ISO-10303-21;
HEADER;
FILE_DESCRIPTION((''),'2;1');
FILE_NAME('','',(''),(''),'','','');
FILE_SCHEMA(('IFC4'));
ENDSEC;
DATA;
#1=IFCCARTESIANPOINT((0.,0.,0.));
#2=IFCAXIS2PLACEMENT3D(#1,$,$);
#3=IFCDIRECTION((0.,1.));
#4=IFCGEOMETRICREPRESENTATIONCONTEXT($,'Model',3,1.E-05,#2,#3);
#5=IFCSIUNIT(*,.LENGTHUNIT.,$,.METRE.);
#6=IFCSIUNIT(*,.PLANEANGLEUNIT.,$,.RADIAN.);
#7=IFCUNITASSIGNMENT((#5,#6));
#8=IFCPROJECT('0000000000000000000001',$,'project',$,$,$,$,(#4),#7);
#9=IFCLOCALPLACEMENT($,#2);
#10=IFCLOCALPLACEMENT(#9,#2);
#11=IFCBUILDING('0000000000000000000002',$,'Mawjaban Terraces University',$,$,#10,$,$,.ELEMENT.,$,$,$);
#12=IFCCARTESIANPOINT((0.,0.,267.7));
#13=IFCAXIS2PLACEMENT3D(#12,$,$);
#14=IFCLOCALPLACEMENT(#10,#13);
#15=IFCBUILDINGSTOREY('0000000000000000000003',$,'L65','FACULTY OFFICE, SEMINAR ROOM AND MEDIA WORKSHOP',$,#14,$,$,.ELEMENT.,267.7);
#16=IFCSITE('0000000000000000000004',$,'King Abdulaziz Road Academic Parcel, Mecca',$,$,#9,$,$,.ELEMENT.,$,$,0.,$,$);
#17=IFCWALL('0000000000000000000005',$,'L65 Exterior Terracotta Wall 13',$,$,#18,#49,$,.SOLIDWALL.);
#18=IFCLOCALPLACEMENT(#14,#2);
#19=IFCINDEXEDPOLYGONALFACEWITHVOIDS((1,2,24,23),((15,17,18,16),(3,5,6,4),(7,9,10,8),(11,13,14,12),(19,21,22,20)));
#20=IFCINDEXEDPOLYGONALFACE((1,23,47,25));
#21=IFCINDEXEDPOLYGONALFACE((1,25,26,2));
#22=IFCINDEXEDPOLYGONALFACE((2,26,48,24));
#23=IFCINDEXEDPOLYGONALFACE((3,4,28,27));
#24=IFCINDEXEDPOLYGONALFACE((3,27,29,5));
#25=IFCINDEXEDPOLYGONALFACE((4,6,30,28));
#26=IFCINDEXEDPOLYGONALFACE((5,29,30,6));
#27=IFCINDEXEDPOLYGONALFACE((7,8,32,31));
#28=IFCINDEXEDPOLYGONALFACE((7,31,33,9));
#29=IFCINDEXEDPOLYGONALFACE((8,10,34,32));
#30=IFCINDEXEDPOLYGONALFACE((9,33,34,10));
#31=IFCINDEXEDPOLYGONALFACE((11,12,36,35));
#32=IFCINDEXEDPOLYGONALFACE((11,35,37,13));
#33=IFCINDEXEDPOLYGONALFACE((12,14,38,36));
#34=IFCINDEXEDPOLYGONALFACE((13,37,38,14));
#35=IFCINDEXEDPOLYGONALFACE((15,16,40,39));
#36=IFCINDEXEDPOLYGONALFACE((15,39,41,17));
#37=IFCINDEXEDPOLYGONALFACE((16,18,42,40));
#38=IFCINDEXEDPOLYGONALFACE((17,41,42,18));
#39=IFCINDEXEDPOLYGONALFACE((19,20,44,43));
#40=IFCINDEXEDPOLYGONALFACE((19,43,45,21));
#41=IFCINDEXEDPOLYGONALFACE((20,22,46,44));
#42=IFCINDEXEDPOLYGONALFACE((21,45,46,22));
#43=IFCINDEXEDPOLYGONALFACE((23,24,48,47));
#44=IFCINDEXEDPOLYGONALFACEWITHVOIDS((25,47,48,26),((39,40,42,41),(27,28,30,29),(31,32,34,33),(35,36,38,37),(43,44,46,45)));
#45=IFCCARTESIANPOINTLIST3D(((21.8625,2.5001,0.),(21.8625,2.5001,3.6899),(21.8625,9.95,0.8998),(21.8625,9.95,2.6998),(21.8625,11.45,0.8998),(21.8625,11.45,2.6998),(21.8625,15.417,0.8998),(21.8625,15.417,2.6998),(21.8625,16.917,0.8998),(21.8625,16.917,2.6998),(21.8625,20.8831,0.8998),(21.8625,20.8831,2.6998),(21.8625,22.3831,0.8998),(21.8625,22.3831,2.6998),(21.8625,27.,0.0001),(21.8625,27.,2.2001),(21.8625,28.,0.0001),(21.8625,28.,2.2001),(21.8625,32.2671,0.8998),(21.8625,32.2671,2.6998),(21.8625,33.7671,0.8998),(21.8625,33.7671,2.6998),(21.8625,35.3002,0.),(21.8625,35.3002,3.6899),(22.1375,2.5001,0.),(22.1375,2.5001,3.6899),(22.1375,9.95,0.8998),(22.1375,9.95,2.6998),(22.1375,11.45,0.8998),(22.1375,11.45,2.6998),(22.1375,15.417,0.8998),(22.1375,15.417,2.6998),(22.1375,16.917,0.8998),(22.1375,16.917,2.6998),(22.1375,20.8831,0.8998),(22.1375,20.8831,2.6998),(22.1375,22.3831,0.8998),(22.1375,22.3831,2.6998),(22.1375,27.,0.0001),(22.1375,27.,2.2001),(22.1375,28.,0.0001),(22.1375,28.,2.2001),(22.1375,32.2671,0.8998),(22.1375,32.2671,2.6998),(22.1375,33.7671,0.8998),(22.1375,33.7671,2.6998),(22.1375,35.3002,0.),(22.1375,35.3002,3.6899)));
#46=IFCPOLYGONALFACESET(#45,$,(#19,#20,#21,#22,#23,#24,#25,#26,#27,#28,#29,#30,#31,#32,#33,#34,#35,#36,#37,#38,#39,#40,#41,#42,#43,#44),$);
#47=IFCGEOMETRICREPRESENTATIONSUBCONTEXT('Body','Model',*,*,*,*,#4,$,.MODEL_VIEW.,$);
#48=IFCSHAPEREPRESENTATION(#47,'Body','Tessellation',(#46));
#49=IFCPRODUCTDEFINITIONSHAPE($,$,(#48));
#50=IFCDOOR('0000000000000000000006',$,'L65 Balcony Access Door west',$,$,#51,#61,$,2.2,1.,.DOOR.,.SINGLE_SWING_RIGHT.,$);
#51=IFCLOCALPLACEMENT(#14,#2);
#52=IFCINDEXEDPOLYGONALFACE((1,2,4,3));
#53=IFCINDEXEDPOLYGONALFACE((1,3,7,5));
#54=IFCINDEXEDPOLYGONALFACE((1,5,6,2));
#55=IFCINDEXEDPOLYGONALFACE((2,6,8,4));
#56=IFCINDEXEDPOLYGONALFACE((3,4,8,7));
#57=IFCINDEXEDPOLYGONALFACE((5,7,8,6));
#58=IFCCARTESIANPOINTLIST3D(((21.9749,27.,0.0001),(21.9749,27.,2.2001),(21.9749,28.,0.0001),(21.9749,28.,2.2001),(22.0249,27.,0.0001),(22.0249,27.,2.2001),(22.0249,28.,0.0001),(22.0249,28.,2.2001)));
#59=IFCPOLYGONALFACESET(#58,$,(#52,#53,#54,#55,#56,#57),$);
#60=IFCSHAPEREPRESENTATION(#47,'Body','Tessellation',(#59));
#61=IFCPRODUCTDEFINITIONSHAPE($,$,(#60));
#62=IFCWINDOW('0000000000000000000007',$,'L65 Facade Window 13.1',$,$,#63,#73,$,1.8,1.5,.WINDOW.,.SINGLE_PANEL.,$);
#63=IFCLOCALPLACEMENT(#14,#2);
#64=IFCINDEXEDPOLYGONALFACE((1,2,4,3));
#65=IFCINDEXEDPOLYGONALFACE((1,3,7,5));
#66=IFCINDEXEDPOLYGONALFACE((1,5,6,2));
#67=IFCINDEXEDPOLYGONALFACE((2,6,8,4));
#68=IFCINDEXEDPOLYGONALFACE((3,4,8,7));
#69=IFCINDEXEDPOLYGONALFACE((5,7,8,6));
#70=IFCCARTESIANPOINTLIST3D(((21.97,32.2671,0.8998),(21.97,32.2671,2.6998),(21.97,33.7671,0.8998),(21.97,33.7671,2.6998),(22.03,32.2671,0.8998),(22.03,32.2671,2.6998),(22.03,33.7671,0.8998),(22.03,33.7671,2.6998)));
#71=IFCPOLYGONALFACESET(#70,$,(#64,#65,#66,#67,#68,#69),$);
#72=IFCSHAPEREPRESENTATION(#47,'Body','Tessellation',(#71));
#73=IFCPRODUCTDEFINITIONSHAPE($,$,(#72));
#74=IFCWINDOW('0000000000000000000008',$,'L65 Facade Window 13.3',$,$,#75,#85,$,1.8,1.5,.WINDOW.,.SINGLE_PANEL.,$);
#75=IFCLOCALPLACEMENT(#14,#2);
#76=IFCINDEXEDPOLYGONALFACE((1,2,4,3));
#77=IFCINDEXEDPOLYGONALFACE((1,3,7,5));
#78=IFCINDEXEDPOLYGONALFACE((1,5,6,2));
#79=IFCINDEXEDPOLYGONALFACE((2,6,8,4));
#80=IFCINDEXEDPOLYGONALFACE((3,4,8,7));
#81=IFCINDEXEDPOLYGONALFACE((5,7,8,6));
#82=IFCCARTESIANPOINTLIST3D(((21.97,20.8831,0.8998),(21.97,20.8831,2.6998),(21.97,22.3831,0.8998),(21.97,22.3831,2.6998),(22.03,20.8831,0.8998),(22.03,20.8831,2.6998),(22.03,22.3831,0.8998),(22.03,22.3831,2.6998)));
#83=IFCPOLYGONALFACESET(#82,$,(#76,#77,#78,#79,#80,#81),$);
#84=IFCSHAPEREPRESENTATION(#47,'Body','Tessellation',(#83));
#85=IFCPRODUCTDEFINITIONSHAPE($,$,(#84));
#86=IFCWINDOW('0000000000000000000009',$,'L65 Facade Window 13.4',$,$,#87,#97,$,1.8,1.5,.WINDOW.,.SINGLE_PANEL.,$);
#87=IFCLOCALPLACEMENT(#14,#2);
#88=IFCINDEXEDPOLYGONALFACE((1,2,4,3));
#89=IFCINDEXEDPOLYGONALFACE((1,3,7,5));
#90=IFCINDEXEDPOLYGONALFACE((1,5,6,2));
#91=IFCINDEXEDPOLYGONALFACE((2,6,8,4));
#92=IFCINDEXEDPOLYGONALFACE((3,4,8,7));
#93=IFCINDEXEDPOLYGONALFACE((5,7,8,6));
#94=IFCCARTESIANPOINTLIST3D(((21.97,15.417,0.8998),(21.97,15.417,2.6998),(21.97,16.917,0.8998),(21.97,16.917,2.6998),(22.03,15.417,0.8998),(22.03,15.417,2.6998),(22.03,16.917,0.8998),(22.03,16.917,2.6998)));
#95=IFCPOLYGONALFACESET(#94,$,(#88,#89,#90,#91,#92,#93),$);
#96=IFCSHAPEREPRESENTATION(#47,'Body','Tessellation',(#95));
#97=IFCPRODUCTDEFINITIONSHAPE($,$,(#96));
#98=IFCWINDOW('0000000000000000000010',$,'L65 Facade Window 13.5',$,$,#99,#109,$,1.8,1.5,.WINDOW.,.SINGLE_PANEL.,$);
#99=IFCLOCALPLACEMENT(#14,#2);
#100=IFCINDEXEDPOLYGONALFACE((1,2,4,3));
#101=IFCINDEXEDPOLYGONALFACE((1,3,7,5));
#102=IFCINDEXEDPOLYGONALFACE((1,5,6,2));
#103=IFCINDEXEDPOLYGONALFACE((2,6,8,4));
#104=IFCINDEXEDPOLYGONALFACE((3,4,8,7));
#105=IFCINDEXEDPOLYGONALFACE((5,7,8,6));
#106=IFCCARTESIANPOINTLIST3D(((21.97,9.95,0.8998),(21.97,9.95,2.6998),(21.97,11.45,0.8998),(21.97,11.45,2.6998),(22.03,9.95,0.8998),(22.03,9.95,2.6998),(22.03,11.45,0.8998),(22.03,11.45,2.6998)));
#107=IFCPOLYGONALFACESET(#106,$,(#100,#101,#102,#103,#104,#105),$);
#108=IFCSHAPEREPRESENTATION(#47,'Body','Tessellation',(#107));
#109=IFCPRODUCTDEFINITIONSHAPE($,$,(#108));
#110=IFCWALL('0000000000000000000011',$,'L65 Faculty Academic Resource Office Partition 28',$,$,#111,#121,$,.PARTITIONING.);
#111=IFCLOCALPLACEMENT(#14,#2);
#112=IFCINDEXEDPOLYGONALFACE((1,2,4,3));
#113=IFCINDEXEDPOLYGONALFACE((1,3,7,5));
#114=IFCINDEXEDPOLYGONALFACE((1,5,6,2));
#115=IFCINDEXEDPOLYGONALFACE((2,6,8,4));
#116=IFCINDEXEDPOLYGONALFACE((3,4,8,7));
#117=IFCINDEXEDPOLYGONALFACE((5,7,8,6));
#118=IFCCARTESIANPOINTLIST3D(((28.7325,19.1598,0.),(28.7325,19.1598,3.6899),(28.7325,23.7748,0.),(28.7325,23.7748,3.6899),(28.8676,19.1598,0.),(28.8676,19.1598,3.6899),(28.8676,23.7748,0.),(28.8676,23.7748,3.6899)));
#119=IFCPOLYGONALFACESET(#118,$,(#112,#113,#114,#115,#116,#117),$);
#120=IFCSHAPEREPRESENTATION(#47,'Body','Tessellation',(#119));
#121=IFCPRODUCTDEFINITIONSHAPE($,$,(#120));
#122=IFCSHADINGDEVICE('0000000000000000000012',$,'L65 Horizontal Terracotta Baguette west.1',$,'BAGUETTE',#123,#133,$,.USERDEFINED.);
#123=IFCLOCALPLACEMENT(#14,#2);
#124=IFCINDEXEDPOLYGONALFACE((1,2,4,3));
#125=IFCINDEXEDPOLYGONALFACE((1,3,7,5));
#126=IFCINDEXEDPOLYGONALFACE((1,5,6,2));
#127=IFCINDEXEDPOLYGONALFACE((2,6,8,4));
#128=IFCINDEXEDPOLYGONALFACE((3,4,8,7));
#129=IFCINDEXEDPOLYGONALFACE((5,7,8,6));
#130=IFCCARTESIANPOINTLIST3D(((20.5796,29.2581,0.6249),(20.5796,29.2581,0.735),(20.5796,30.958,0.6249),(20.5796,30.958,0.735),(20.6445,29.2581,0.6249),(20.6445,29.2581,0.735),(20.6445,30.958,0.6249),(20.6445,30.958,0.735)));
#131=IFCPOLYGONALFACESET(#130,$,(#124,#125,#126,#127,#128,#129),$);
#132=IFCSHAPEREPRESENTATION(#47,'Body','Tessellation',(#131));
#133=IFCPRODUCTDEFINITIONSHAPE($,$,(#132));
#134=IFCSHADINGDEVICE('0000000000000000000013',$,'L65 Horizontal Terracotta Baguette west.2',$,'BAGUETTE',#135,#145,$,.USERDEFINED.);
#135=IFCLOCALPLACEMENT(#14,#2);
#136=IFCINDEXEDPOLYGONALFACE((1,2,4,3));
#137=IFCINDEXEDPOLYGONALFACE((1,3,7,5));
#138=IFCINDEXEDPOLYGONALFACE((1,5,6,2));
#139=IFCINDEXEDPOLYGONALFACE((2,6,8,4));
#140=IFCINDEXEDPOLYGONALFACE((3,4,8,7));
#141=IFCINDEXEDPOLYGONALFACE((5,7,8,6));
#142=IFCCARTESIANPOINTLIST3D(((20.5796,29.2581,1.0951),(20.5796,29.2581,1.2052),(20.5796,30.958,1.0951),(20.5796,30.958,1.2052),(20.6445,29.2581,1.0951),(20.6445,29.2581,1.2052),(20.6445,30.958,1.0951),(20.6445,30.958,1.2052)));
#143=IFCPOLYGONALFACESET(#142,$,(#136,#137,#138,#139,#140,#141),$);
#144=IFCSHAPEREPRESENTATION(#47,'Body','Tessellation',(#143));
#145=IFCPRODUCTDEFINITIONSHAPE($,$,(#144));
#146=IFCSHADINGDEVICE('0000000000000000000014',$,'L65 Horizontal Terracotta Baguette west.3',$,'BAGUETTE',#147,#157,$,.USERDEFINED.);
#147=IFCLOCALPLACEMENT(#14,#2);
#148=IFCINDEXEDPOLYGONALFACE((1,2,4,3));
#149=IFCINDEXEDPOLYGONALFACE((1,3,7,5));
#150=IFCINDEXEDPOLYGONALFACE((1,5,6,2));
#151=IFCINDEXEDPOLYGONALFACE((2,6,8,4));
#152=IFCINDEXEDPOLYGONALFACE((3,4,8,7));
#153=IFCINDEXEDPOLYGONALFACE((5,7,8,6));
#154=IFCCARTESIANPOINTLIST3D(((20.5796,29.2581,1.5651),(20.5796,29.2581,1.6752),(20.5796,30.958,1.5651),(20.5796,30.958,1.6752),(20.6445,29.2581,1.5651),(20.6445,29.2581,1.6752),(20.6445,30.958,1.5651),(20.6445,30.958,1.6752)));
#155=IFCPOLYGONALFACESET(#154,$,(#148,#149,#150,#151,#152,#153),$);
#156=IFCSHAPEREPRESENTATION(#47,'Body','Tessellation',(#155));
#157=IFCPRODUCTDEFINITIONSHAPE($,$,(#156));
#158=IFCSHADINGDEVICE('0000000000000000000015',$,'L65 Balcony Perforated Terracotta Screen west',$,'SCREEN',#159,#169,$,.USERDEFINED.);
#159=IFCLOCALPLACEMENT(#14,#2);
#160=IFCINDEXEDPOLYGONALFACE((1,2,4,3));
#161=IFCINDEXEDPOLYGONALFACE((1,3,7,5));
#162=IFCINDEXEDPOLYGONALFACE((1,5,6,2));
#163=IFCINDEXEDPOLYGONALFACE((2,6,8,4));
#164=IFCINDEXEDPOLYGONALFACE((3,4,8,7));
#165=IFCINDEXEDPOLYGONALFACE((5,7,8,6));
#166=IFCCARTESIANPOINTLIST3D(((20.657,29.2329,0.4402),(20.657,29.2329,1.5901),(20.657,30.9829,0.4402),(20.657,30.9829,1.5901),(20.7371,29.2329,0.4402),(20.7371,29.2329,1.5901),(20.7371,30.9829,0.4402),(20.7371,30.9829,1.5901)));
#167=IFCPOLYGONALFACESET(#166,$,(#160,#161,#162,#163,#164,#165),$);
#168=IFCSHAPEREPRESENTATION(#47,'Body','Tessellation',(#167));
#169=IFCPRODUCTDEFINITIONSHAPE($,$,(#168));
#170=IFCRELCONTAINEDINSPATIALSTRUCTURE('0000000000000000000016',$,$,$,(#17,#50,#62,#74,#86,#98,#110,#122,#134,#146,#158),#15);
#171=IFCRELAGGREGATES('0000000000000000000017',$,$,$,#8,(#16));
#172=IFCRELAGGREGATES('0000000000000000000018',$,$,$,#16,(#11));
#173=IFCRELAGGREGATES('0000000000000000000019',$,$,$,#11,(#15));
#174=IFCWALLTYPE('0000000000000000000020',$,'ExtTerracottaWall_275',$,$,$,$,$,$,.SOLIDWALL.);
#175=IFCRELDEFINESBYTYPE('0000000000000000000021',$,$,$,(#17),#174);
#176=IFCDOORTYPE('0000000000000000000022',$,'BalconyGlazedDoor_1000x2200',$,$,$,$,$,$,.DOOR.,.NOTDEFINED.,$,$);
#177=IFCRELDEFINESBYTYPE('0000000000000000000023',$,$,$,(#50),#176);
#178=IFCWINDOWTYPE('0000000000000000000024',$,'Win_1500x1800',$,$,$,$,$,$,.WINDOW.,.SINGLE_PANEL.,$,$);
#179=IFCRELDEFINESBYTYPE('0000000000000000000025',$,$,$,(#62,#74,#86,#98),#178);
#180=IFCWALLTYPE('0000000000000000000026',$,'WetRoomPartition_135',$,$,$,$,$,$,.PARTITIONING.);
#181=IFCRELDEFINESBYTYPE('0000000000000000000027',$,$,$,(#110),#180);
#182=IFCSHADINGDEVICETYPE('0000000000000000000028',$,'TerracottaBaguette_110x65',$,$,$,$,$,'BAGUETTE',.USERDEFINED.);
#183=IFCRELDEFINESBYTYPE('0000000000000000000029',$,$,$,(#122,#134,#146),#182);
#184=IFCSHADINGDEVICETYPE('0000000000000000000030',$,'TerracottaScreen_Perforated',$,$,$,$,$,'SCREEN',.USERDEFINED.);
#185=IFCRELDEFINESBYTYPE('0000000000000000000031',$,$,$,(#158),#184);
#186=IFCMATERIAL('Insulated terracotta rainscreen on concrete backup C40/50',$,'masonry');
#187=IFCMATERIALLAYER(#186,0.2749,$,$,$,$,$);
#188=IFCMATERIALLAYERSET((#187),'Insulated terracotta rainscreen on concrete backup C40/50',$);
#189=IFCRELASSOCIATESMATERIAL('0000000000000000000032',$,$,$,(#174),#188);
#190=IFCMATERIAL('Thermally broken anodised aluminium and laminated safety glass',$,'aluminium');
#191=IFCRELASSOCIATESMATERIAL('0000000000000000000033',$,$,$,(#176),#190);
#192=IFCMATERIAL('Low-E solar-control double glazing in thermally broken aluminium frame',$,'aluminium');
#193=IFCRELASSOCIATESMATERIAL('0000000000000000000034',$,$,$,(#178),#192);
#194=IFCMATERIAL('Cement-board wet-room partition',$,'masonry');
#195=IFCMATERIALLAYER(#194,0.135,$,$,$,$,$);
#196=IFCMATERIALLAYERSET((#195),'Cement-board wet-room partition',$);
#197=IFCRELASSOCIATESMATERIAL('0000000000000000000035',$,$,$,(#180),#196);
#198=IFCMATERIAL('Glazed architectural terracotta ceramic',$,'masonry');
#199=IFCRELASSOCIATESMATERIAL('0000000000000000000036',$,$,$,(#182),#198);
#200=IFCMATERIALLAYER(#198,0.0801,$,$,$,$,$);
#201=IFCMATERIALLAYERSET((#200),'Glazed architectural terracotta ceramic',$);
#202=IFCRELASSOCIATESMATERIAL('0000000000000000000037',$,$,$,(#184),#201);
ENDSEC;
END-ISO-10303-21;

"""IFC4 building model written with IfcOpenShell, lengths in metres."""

from ifc_helpers import new_model, si_unit, direction, frame, frame_2d, origin, origin_2d, place, context, subcontext, project, spatial, rectangle, extrude, material, layer, layer_set, material_profile, profile_set, type_object, element, fill, save


model = new_model("IFC4")

# Units and contexts
model_context = context("Model", 3, precision=1e-05, world=origin(), true_north=direction((0.0, 1.0)))
body_context = subcontext(model_context, "Body", "Model", "MODEL_VIEW")
ifc_project = project(units=[si_unit("LENGTHUNIT", "METRE"), si_unit("PLANEANGLEUNIT", "RADIAN")], contexts=[model_context])

# Site, building, storey
site_placement = place(None, origin())
site = spatial("IfcSite", under=ifc_project, at=site_placement, Name="King Abdulaziz Road Academic Parcel, Mecca", CompositionType="ELEMENT", RefElevation=0.0)
building_placement = place(site_placement, origin())
building = spatial("IfcBuilding", under=site, at=building_placement, Name="Mawjaban Terraces University", CompositionType="ELEMENT")
storey_placement = place(building_placement, frame((0.0, 0.0, 267.7)))
storey = spatial("IfcBuildingStorey", under=building, at=storey_placement, Name="L65", Description="FACULTY OFFICE, SEMINAR ROOM AND MEDIA WORKSHOP", CompositionType="ELEMENT", Elevation=267.7)

# Shared definitions
ifc_material_1 = material(Name="Insulated terracotta rainscreen on concrete backup C40/50", Category="masonry")
ifc_layer_1 = layer(ifc_material_1, 0.2749)
ifc_layer_set_1 = layer_set([ifc_layer_1], Name="Insulated terracotta rainscreen on concrete backup C40/50")
wall_type_1 = type_object("IfcWallType", Name="ExtTerracottaWall_275", PredefinedType="SOLIDWALL", material=ifc_layer_set_1)

# Wall, openings, door, windows
wall_1_placement = place(storey_placement, frame((22.0, 35.3, 0.0), z_axis=(0.0, 0.0, 1.0), x_axis=(0.0, -1.0, 0.0)))
wall_1 = element("IfcWall", 1, at=wall_1_placement, inside=storey, type_object=wall_type_1, Name="L65 Exterior Terracotta Wall 13", PredefinedType="SOLIDWALL", context=body_context, shape_type="SweptSolid", body=[
    extrude(rectangle(XDim=32.8, YDim=0.2749, at=frame_2d((16.3999, 0.0))), origin(), (0.0, 0.0, 1.0), 3.6899),
])
opening_1_placement = place(wall_1_placement, frame((7.3, 0.0, 0.0)))
opening_1 = element("IfcOpeningElement", 2, at=opening_1_placement, cuts=wall_1, PredefinedType="OPENING", context=body_context, shape_type="SweptSolid", body=[
    extrude(rectangle(XDim=1.0, YDim=2.2, at=frame_2d((0.5, 1.1001))), frame((0.0, 0.1475, 0.0), z_axis=(0.0, -1.0, 0.0), x_axis=(1.0, 0.0, 0.0)), (0.0, 0.0, 1.0), 0.2949),
])
opening_2_placement = place(wall_1_placement, frame((1.533, 0.0, 0.8999)))
opening_2 = element("IfcOpeningElement", 3, at=opening_2_placement, cuts=wall_1, PredefinedType="OPENING", context=body_context, shape_type="SweptSolid", body=[
    extrude(rectangle(XDim=1.5, YDim=1.8, at=frame_2d((0.75, 0.8999))), frame((0.0, 0.1475, 0.0), z_axis=(0.0, -1.0, 0.0), x_axis=(1.0, 0.0, 0.0)), (0.0, 0.0, 1.0), 0.2949),
])
opening_3_placement = place(wall_1_placement, frame((12.917, 0.0, 0.8999)))
opening_3 = element("IfcOpeningElement", 4, at=opening_3_placement, cuts=wall_1, PredefinedType="OPENING", context=body_context, shape_type="SweptSolid", body=[
    extrude(rectangle(XDim=1.5, YDim=1.8, at=frame_2d((0.75, 0.8999))), frame((0.0, 0.1475, 0.0), z_axis=(0.0, -1.0, 0.0), x_axis=(1.0, 0.0, 0.0)), (0.0, 0.0, 1.0), 0.2949),
])
opening_4_placement = place(wall_1_placement, frame((18.3831, 0.0, 0.8999)))
opening_4 = element("IfcOpeningElement", 5, at=opening_4_placement, cuts=wall_1, PredefinedType="OPENING", context=body_context, shape_type="SweptSolid", body=[
    extrude(rectangle(XDim=1.5, YDim=1.8, at=frame_2d((0.75, 0.8999))), frame((0.0, 0.1475, 0.0), z_axis=(0.0, -1.0, 0.0), x_axis=(1.0, 0.0, 0.0)), (0.0, 0.0, 1.0), 0.2949),
])
opening_5_placement = place(wall_1_placement, frame((23.8501, 0.0, 0.8999)))
opening_5 = element("IfcOpeningElement", 6, at=opening_5_placement, cuts=wall_1, PredefinedType="OPENING", context=body_context, shape_type="SweptSolid", body=[
    extrude(rectangle(XDim=1.5, YDim=1.8, at=frame_2d((0.75, 0.8999))), frame((0.0, 0.1475, 0.0), z_axis=(0.0, -1.0, 0.0), x_axis=(1.0, 0.0, 0.0)), (0.0, 0.0, 1.0), 0.2949),
])
ifc_material_2 = material(Name="Thermally broken anodised aluminium and laminated safety glass", Category="aluminium")
door_type_1 = type_object("IfcDoorType", Name="BalconyGlazedDoor_1000x2200", OperationType="NOTDEFINED", PredefinedType="DOOR", material=ifc_material_2)
door_1_placement = place(opening_1_placement, origin())
door_1 = element("IfcDoor", 7, at=door_1_placement, inside=storey, type_object=door_type_1, Name="L65 Balcony Access Door west", OperationType="SINGLE_SWING_RIGHT", OverallHeight=2.2, OverallWidth=1.0, PredefinedType="DOOR", context=body_context, shape_type="SweptSolid", body=[
    extrude(rectangle(XDim=1.0, YDim=2.2, at=frame_2d((0.5, 1.1001))), frame((0.0, 0.0249, 0.0), z_axis=(0.0, -1.0, 0.0), x_axis=(1.0, 0.0, 0.0)), (0.0, 0.0, 1.0), 0.05),
])
fill(opening_1, door_1)
ifc_material_3 = material(Name="Low-E solar-control double glazing in thermally broken aluminium frame", Category="aluminium")
window_type = type_object("IfcWindowType", Name="Win_1500x1800", PartitioningType="SINGLE_PANEL", PredefinedType="WINDOW", material=ifc_material_3)
window_1_placement = place(opening_2_placement, origin())
window_1 = element("IfcWindow", 8, at=window_1_placement, inside=storey, type_object=window_type, Name="L65 Facade Window 13.1", OverallHeight=1.8, OverallWidth=1.5, PartitioningType="SINGLE_PANEL", PredefinedType="WINDOW", context=body_context, shape_type="SweptSolid", body=[
    extrude(rectangle(XDim=1.5, YDim=1.8, at=frame_2d((0.75, 0.8999))), frame((0.0, 0.03, 0.0), z_axis=(0.0, -1.0, 0.0), x_axis=(1.0, 0.0, 0.0)), (0.0, 0.0, 1.0), 0.0601),
])
fill(opening_2, window_1)
window_2_placement = place(opening_3_placement, origin())
window_2 = element("IfcWindow", 9, at=window_2_placement, inside=storey, type_object=window_type, Name="L65 Facade Window 13.3", OverallHeight=1.8, OverallWidth=1.5, PartitioningType="SINGLE_PANEL", PredefinedType="WINDOW", context=body_context, shape_type="SweptSolid", body=[
    extrude(rectangle(XDim=1.5, YDim=1.8, at=frame_2d((0.75, 0.8999))), frame((0.0, 0.03, 0.0), z_axis=(0.0, -1.0, 0.0), x_axis=(1.0, 0.0, 0.0)), (0.0, 0.0, 1.0), 0.0601),
])
fill(opening_3, window_2)
window_3_placement = place(opening_4_placement, origin())
window_3 = element("IfcWindow", 10, at=window_3_placement, inside=storey, type_object=window_type, Name="L65 Facade Window 13.4", OverallHeight=1.8, OverallWidth=1.5, PartitioningType="SINGLE_PANEL", PredefinedType="WINDOW", context=body_context, shape_type="SweptSolid", body=[
    extrude(rectangle(XDim=1.5, YDim=1.8, at=frame_2d((0.75, 0.8999))), frame((0.0, 0.03, 0.0), z_axis=(0.0, -1.0, 0.0), x_axis=(1.0, 0.0, 0.0)), (0.0, 0.0, 1.0), 0.0601),
])
fill(opening_4, window_3)
window_4_placement = place(opening_5_placement, origin())
window_4 = element("IfcWindow", 11, at=window_4_placement, inside=storey, type_object=window_type, Name="L65 Facade Window 13.5", OverallHeight=1.8, OverallWidth=1.5, PartitioningType="SINGLE_PANEL", PredefinedType="WINDOW", context=body_context, shape_type="SweptSolid", body=[
    extrude(rectangle(XDim=1.5, YDim=1.8, at=frame_2d((0.75, 0.8999))), frame((0.0, 0.03, 0.0), z_axis=(0.0, -1.0, 0.0), x_axis=(1.0, 0.0, 0.0)), (0.0, 0.0, 1.0), 0.0601),
])
fill(opening_5, window_4)

# Wall
ifc_material_4 = material(Name="Cement-board wet-room partition", Category="masonry")
ifc_layer_2 = layer(ifc_material_4, 0.135)
ifc_layer_set_2 = layer_set([ifc_layer_2], Name="Cement-board wet-room partition")
wall_type_2 = type_object("IfcWallType", Name="WetRoomPartition_135", PredefinedType="PARTITIONING", material=ifc_layer_set_2)
wall_2_placement = place(storey_placement, frame((28.8, 23.7749, 0.0), z_axis=(0.0, 0.0, 1.0), x_axis=(0.0, -1.0, 0.0)))
element("IfcWall", 12, at=wall_2_placement, inside=storey, type_object=wall_type_2, Name="L65 Faculty Academic Resource Office Partition 28", PredefinedType="PARTITIONING", context=body_context, shape_type="SweptSolid", body=[
    extrude(rectangle(XDim=4.615, YDim=0.135, at=frame_2d((2.3076, 0.0))), origin(), (0.0, 0.0, 1.0), 3.6899),
])

# Shading devices
ifc_material_5 = material(Name="Glazed architectural terracotta ceramic", Category="masonry")
ifc_material_profile_1 = material_profile(ifc_material_5, rectangle(XDim=0.0649, YDim=0.1101, at=origin_2d()), Name="TBAG110X65")
ifc_profile_set_1 = profile_set([ifc_material_profile_1], Name="Glazed architectural terracotta ceramic")
shading_device_type_1 = type_object("IfcShadingDeviceType", Name="TerracottaBaguette_110x65", ElementType="BAGUETTE", PredefinedType="USERDEFINED", material=ifc_profile_set_1)
for number, where, z_axis, x_axis, name in (
    (13, (20.6121, 29.2581, 0.6799), (0.0, 1.0, 0.0), (-1.0, 0.0, 0.0), "L65 Horizontal Terracotta Baguette west.1"),
    (14, (20.6121, 29.2581, 1.1501), (0.0, 1.0, 0.0), (-1.0, 0.0, 0.0), "L65 Horizontal Terracotta Baguette west.2"),
    (15, (20.6121, 29.2581, 1.6201), (0.0, 1.0, 0.0), (-1.0, 0.0, 0.0), "L65 Horizontal Terracotta Baguette west.3"),
):
    element("IfcShadingDevice", number, at=place(storey_placement, frame(where, z_axis=z_axis, x_axis=x_axis)), inside=storey, type_object=shading_device_type_1, Name=name, ObjectType="BAGUETTE", PredefinedType="USERDEFINED", context=body_context, shape_type="SweptSolid", body=[
        extrude(rectangle(XDim=0.0649, YDim=0.1101, at=origin_2d()), origin(), (0.0, 0.0, 1.0), 1.7),
    ])
ifc_layer_3 = layer(ifc_material_5, 0.0801)
ifc_layer_set_3 = layer_set([ifc_layer_3], Name="Glazed architectural terracotta ceramic")
shading_device_type_2 = type_object("IfcShadingDeviceType", Name="TerracottaScreen_Perforated", ElementType="SCREEN", PredefinedType="USERDEFINED", material=ifc_layer_set_3)
shading_device_placement = place(storey_placement, frame((20.697, 30.1079, 0.4402), z_axis=(0.0, 0.0, 1.0), x_axis=(0.0, 1.0, 0.0)))
element("IfcShadingDevice", 16, at=shading_device_placement, inside=storey, type_object=shading_device_type_2, Name="L65 Balcony Perforated Terracotta Screen west", ObjectType="SCREEN", PredefinedType="USERDEFINED", context=body_context, shape_type="SweptSolid", body=[
    extrude(rectangle(XDim=1.75, YDim=0.0801, at=origin_2d()), origin(), (0.0, 0.0, 1.0), 1.1499),
])

save(model, "model.ifc")
